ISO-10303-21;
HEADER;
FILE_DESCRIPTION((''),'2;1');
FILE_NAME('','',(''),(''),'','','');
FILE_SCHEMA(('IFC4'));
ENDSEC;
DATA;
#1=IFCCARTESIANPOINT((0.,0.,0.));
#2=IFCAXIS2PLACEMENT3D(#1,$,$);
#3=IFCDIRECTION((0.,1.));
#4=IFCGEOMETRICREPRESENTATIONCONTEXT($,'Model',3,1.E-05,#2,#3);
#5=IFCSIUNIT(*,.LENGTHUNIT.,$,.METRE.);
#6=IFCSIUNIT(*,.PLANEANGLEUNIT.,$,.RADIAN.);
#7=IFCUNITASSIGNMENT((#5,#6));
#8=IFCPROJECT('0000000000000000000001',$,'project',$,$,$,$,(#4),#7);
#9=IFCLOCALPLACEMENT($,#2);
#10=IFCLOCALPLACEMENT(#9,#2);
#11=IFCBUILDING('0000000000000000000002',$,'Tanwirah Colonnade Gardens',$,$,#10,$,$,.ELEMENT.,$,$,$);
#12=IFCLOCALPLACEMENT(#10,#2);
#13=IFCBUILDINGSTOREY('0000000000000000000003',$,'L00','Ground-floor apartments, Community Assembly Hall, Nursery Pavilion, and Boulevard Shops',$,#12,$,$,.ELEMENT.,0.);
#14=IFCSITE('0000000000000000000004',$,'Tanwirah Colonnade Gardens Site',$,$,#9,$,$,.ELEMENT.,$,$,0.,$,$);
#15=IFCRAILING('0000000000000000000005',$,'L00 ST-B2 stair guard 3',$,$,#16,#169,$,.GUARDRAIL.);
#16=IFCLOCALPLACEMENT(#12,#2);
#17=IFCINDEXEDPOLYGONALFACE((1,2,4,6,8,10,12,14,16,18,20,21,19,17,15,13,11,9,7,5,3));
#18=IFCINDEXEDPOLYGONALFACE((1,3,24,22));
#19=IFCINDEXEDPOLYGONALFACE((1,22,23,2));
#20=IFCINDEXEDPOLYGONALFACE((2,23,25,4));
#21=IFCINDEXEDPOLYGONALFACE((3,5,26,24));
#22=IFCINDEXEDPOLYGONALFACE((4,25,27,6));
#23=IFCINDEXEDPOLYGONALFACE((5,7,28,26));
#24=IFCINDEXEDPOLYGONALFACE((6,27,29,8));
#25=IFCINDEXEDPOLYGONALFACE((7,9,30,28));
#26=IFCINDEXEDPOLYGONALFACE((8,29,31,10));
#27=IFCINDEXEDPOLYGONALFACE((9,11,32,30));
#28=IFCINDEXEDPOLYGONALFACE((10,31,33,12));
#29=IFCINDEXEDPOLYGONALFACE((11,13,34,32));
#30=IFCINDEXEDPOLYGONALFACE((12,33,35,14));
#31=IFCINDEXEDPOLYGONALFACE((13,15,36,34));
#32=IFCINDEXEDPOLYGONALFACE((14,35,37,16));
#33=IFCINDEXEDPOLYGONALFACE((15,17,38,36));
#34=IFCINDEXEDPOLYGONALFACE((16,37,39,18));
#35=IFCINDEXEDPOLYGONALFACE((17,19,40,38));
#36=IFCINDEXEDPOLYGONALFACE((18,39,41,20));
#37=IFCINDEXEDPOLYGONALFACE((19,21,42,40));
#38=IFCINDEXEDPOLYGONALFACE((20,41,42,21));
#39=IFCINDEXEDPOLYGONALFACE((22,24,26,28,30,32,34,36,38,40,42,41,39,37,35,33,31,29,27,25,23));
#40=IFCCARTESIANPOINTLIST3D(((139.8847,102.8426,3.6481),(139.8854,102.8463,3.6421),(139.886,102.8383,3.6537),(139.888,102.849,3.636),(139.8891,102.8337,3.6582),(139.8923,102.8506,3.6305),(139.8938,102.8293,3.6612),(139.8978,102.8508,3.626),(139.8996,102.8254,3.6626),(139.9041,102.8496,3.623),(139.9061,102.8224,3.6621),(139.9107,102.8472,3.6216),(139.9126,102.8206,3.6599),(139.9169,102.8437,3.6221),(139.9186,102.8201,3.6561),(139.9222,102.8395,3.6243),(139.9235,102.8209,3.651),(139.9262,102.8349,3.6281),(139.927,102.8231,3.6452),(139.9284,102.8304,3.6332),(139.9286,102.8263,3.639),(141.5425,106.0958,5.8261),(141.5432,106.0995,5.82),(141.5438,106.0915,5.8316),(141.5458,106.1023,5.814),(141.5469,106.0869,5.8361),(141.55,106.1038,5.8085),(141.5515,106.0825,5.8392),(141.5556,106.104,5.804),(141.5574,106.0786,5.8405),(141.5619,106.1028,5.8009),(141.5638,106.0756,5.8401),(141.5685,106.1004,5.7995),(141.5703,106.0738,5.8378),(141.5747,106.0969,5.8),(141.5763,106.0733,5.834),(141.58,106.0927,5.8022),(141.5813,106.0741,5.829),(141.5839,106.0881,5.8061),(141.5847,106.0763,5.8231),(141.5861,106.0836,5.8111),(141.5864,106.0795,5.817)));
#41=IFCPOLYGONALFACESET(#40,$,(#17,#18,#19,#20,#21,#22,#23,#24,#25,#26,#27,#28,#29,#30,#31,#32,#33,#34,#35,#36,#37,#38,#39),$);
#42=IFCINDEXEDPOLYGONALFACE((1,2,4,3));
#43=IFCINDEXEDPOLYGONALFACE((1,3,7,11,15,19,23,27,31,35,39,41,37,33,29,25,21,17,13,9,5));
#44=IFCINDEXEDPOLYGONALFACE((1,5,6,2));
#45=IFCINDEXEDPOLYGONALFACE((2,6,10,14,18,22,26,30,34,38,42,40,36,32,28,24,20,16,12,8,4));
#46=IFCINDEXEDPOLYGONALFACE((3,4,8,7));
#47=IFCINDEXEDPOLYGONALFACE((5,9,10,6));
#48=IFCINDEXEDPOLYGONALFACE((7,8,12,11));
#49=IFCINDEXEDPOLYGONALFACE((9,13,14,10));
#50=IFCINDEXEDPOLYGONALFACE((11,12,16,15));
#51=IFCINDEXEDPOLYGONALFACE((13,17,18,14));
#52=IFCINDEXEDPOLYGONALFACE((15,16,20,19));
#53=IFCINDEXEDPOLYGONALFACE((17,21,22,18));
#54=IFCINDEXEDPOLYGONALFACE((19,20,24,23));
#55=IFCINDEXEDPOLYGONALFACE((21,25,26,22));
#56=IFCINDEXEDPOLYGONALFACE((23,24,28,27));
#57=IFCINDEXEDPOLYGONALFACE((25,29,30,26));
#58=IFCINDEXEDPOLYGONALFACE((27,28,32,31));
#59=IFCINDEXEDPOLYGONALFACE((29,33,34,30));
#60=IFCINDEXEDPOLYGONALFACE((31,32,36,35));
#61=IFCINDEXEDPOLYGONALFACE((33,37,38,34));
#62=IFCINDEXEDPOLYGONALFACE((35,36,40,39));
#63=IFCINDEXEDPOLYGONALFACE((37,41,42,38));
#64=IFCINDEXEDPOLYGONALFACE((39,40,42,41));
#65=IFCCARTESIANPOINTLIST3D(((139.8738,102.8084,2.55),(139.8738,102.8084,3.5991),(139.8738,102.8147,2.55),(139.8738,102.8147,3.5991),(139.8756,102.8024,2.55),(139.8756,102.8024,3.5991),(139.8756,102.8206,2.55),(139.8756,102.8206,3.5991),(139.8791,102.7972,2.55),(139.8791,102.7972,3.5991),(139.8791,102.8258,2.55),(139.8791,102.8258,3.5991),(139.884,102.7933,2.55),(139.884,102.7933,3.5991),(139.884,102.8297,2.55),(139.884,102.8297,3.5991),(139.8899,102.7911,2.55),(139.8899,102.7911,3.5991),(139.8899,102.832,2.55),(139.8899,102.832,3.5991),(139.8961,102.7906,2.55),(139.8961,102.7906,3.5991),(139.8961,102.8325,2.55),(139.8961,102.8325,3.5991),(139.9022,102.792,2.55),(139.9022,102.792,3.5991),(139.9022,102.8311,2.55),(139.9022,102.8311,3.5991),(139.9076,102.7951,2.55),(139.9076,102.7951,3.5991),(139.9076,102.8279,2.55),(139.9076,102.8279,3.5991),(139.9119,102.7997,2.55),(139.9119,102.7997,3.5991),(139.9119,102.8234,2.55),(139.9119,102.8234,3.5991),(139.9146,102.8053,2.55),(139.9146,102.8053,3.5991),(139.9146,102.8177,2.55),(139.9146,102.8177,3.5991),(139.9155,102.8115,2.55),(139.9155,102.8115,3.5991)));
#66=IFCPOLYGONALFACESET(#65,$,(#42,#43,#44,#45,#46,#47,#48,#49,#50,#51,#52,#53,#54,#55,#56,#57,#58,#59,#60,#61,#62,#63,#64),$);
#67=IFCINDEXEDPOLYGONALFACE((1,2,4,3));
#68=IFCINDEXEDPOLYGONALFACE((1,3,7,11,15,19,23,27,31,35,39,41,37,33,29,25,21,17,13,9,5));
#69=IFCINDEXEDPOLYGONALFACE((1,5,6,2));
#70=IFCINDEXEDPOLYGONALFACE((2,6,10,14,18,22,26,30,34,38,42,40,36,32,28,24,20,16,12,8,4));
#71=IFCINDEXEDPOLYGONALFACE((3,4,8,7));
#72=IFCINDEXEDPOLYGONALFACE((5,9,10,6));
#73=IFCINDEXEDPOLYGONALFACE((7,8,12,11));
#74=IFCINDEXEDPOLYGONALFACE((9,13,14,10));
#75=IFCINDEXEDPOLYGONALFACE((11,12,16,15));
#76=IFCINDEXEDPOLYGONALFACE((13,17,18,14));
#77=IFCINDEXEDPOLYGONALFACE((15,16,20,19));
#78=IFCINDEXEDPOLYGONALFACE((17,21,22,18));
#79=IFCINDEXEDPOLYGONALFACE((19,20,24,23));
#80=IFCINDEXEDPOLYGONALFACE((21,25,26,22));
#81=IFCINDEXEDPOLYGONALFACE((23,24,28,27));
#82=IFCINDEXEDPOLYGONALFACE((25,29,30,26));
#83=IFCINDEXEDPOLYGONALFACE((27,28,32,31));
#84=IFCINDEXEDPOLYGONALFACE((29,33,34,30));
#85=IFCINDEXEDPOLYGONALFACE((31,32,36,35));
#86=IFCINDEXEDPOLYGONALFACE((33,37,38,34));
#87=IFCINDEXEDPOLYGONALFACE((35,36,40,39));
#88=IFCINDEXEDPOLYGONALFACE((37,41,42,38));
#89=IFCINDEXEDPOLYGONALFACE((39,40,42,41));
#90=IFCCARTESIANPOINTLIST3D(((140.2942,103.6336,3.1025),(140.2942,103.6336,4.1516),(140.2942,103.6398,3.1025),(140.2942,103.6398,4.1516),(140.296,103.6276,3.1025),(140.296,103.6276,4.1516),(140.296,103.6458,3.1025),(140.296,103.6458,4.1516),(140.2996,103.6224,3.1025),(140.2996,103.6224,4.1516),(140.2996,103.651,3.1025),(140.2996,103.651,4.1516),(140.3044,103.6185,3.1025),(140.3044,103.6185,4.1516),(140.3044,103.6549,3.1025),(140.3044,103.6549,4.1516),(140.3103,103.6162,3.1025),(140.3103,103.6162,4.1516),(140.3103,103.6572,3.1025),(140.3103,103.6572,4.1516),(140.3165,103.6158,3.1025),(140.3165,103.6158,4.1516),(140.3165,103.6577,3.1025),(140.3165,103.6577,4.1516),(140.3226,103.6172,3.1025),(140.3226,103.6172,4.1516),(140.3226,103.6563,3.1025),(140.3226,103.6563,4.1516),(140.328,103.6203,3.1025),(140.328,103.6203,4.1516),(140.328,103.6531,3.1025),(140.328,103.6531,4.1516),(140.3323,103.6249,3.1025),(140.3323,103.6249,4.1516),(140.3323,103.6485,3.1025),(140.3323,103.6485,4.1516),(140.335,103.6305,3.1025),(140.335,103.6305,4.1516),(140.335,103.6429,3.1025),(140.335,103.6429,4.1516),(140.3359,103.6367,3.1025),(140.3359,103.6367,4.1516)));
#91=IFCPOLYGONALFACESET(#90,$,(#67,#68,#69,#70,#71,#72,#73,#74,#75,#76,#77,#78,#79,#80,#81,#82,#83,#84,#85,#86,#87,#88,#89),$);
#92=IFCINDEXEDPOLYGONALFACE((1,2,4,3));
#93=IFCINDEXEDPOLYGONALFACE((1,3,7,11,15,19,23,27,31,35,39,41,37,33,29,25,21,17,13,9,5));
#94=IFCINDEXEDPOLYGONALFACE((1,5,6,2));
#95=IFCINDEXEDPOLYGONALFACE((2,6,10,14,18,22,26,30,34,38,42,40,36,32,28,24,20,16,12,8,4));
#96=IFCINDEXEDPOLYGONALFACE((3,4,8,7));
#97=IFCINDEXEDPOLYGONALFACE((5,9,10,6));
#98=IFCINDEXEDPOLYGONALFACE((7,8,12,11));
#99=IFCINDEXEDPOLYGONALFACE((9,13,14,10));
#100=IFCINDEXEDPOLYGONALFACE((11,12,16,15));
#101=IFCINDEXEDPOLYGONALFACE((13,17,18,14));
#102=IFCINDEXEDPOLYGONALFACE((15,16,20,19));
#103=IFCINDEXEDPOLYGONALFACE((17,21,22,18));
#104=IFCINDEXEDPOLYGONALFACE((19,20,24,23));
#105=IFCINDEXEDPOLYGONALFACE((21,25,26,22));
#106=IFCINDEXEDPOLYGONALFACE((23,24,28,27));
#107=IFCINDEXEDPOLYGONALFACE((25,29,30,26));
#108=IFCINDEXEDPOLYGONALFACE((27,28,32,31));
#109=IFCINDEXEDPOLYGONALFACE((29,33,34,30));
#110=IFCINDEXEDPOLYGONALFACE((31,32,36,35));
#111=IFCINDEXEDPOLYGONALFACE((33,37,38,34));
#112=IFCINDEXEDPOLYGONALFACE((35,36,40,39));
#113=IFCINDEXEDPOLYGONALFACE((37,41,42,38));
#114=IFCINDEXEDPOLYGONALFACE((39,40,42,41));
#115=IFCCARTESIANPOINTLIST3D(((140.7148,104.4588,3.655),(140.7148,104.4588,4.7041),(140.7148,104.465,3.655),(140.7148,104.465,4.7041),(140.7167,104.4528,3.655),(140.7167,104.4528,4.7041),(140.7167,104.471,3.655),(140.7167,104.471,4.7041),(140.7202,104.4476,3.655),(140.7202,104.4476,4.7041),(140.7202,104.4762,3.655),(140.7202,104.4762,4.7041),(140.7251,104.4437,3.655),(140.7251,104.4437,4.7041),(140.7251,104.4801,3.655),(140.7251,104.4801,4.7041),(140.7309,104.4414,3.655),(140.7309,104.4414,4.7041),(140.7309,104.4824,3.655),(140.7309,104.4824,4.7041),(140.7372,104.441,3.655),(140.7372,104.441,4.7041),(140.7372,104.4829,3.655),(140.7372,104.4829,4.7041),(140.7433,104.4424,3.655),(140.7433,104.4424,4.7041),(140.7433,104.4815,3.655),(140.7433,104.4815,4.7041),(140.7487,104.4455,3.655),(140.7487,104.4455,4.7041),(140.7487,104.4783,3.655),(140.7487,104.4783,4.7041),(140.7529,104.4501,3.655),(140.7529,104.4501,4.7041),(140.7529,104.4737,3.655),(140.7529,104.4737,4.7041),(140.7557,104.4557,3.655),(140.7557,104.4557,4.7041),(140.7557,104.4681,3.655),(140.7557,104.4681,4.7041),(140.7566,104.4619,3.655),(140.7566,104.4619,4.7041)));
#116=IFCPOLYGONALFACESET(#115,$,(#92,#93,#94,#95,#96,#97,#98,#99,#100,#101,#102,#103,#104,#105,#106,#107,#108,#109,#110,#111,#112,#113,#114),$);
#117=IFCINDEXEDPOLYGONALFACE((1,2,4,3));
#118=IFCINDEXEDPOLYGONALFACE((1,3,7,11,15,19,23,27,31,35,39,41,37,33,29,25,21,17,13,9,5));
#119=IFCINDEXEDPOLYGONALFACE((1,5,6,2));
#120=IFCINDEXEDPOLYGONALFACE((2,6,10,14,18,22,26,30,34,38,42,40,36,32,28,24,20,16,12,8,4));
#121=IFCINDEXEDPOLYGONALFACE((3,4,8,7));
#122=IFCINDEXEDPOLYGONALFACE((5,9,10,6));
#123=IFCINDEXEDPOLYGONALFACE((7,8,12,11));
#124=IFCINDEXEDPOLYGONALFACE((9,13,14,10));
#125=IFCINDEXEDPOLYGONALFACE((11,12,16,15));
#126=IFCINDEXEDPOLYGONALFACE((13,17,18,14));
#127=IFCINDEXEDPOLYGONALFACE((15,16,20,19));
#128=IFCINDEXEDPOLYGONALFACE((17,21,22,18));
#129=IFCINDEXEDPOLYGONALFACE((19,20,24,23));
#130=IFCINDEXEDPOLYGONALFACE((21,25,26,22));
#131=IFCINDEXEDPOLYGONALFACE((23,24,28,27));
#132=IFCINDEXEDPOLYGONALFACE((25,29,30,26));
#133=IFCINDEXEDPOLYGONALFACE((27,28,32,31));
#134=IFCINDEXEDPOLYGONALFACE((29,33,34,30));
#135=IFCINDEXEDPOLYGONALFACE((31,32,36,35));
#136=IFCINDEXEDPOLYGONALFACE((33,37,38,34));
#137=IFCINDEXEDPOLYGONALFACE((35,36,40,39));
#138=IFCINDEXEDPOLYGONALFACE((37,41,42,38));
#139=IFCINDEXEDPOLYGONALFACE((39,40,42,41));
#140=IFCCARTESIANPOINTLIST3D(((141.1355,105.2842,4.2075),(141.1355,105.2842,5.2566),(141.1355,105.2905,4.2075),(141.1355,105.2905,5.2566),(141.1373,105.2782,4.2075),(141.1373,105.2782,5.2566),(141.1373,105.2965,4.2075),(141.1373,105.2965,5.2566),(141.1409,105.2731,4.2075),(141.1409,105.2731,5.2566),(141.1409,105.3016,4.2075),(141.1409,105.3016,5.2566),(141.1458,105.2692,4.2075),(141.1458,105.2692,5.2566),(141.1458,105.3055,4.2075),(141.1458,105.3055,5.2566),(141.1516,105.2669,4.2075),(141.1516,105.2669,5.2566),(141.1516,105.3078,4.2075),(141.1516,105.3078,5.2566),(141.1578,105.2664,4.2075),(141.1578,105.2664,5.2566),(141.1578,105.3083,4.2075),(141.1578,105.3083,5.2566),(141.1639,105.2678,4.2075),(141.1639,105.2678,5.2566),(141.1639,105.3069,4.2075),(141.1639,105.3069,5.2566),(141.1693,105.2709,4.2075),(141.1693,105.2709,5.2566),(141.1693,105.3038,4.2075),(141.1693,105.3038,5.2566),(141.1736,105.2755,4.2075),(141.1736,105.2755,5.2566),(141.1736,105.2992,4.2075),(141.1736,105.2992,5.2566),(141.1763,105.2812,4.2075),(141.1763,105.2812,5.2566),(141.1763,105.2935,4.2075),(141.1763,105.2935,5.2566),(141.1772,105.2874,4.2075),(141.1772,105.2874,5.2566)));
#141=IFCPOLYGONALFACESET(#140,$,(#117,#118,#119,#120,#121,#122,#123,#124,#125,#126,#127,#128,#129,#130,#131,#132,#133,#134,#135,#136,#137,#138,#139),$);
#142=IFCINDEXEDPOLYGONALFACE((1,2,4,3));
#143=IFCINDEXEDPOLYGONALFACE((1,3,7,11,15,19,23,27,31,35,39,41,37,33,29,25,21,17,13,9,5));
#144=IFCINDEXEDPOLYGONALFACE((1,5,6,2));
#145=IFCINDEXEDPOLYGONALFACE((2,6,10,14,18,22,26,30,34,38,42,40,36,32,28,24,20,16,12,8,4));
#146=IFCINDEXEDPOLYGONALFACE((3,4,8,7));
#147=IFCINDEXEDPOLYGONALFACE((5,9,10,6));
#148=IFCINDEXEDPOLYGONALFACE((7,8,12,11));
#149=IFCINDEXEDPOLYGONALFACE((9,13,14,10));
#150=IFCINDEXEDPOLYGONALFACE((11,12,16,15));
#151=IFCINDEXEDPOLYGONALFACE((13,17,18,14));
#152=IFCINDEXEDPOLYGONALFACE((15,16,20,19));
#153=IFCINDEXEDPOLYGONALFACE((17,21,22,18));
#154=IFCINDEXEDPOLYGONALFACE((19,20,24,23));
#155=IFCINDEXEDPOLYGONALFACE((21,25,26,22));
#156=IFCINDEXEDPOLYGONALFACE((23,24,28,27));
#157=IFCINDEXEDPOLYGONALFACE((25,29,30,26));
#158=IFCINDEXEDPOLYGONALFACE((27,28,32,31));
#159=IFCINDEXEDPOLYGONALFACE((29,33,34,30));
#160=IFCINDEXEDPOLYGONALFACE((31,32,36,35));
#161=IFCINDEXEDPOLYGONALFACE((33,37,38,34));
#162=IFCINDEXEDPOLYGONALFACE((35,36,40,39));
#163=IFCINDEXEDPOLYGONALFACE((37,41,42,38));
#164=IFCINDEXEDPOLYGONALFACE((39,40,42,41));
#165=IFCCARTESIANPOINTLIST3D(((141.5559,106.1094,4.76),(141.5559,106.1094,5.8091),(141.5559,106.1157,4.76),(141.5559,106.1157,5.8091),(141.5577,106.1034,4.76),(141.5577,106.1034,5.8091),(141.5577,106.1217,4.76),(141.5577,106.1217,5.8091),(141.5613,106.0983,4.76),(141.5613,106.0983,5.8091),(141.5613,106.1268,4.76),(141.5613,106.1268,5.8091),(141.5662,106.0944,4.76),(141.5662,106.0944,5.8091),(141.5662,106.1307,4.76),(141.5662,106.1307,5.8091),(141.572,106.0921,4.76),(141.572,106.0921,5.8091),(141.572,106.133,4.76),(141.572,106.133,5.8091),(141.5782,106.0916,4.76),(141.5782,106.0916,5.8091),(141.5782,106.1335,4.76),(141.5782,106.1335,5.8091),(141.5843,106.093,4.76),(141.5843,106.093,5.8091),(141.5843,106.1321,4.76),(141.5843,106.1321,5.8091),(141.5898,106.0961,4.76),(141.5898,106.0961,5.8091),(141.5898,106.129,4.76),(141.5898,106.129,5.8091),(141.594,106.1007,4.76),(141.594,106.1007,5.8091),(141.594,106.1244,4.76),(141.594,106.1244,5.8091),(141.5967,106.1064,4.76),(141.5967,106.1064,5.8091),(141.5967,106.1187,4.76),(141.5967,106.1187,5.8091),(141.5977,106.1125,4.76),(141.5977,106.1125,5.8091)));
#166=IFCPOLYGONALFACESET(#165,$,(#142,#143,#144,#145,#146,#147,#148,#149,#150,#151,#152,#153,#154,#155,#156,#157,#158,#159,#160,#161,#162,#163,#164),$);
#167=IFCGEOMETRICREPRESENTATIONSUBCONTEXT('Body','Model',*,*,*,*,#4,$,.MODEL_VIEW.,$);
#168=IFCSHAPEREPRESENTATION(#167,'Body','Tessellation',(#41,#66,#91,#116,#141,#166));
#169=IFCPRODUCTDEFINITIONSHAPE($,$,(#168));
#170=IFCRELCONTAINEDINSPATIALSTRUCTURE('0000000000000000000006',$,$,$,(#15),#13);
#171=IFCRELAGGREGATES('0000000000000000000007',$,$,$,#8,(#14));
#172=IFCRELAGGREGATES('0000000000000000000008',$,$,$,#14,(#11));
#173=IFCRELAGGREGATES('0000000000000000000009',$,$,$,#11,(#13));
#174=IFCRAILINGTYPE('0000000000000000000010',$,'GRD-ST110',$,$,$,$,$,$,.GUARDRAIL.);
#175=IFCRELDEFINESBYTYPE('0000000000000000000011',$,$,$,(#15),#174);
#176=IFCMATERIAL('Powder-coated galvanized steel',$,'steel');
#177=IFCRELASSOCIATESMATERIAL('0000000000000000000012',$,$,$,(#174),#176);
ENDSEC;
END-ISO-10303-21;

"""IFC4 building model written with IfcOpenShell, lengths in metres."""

from ifc_helpers import new_model, si_unit, direction, frame, origin, origin_2d, place, context, subcontext, project, spatial, circle, extrude, material, type_object, element, save


model = new_model("IFC4")

# Units and contexts
model_context = context("Model", 3, precision=1e-05, world=origin(), true_north=direction((0.0, 1.0)))
body_context = subcontext(model_context, "Body", "Model", "MODEL_VIEW")
ifc_project = project(units=[si_unit("LENGTHUNIT", "METRE"), si_unit("PLANEANGLEUNIT", "RADIAN")], contexts=[model_context])

# Site, building, storey
site_placement = place(None, origin())
site = spatial("IfcSite", under=ifc_project, at=site_placement, Name="Tanwirah Colonnade Gardens Site", CompositionType="ELEMENT", RefElevation=0.0)
building_placement = place(site_placement, origin())
building = spatial("IfcBuilding", under=site, at=building_placement, Name="Tanwirah Colonnade Gardens", CompositionType="ELEMENT")
storey_placement = place(building_placement, origin())
storey = spatial("IfcBuildingStorey", under=building, at=storey_placement, Name="L00", Description="Ground-floor apartments, Community Assembly Hall, Nursery Pavilion, and Boulevard Shops", CompositionType="ELEMENT", Elevation=0.0)

# Railing
ifc_material_1 = material(Name="Powder-coated galvanized steel", Category="steel")
railing_type_1 = type_object("IfcRailingType", Name="GRD-ST110", PredefinedType="GUARDRAIL", material=ifc_material_1)
railing_1_placement = place(storey_placement, frame((139.8945, 102.8115, 2.55)))
element("IfcRailing", 1, at=railing_1_placement, inside=storey, type_object=railing_type_1, Name="L00 ST-B2 stair guard 3", PredefinedType="GUARDRAIL", context=body_context, shape_type="SweptSolid", body=[
    extrude(circle(Radius=0.0239, at=origin_2d()), frame((0.0122, 0.0239, 1.092), z_axis=(0.389927, 0.765196, 0.512281), x_axis=(-0.890988, 0.454027, 0.0)), (0.0, 0.0, 1.0), 4.2515),
    extrude(circle(Radius=0.021, at=origin_2d()), origin(), (0.0, 0.0, 1.0), 1.0491),
    extrude(circle(Radius=0.021, at=origin_2d()), frame((0.4204, 0.8252, 0.5525)), (0.0, 0.0, 1.0), 1.0491),
    extrude(circle(Radius=0.021, at=origin_2d()), frame((0.8411, 1.6504, 1.105)), (0.0, 0.0, 1.0), 1.0491),
    extrude(circle(Radius=0.021, at=origin_2d()), frame((1.2617, 2.4758, 1.6575)), (0.0, 0.0, 1.0), 1.0491),
    extrude(circle(Radius=0.021, at=origin_2d()), frame((1.6821, 3.301, 2.21)), (0.0, 0.0, 1.0), 1.0491),
])

save(model, "model.ifc")
